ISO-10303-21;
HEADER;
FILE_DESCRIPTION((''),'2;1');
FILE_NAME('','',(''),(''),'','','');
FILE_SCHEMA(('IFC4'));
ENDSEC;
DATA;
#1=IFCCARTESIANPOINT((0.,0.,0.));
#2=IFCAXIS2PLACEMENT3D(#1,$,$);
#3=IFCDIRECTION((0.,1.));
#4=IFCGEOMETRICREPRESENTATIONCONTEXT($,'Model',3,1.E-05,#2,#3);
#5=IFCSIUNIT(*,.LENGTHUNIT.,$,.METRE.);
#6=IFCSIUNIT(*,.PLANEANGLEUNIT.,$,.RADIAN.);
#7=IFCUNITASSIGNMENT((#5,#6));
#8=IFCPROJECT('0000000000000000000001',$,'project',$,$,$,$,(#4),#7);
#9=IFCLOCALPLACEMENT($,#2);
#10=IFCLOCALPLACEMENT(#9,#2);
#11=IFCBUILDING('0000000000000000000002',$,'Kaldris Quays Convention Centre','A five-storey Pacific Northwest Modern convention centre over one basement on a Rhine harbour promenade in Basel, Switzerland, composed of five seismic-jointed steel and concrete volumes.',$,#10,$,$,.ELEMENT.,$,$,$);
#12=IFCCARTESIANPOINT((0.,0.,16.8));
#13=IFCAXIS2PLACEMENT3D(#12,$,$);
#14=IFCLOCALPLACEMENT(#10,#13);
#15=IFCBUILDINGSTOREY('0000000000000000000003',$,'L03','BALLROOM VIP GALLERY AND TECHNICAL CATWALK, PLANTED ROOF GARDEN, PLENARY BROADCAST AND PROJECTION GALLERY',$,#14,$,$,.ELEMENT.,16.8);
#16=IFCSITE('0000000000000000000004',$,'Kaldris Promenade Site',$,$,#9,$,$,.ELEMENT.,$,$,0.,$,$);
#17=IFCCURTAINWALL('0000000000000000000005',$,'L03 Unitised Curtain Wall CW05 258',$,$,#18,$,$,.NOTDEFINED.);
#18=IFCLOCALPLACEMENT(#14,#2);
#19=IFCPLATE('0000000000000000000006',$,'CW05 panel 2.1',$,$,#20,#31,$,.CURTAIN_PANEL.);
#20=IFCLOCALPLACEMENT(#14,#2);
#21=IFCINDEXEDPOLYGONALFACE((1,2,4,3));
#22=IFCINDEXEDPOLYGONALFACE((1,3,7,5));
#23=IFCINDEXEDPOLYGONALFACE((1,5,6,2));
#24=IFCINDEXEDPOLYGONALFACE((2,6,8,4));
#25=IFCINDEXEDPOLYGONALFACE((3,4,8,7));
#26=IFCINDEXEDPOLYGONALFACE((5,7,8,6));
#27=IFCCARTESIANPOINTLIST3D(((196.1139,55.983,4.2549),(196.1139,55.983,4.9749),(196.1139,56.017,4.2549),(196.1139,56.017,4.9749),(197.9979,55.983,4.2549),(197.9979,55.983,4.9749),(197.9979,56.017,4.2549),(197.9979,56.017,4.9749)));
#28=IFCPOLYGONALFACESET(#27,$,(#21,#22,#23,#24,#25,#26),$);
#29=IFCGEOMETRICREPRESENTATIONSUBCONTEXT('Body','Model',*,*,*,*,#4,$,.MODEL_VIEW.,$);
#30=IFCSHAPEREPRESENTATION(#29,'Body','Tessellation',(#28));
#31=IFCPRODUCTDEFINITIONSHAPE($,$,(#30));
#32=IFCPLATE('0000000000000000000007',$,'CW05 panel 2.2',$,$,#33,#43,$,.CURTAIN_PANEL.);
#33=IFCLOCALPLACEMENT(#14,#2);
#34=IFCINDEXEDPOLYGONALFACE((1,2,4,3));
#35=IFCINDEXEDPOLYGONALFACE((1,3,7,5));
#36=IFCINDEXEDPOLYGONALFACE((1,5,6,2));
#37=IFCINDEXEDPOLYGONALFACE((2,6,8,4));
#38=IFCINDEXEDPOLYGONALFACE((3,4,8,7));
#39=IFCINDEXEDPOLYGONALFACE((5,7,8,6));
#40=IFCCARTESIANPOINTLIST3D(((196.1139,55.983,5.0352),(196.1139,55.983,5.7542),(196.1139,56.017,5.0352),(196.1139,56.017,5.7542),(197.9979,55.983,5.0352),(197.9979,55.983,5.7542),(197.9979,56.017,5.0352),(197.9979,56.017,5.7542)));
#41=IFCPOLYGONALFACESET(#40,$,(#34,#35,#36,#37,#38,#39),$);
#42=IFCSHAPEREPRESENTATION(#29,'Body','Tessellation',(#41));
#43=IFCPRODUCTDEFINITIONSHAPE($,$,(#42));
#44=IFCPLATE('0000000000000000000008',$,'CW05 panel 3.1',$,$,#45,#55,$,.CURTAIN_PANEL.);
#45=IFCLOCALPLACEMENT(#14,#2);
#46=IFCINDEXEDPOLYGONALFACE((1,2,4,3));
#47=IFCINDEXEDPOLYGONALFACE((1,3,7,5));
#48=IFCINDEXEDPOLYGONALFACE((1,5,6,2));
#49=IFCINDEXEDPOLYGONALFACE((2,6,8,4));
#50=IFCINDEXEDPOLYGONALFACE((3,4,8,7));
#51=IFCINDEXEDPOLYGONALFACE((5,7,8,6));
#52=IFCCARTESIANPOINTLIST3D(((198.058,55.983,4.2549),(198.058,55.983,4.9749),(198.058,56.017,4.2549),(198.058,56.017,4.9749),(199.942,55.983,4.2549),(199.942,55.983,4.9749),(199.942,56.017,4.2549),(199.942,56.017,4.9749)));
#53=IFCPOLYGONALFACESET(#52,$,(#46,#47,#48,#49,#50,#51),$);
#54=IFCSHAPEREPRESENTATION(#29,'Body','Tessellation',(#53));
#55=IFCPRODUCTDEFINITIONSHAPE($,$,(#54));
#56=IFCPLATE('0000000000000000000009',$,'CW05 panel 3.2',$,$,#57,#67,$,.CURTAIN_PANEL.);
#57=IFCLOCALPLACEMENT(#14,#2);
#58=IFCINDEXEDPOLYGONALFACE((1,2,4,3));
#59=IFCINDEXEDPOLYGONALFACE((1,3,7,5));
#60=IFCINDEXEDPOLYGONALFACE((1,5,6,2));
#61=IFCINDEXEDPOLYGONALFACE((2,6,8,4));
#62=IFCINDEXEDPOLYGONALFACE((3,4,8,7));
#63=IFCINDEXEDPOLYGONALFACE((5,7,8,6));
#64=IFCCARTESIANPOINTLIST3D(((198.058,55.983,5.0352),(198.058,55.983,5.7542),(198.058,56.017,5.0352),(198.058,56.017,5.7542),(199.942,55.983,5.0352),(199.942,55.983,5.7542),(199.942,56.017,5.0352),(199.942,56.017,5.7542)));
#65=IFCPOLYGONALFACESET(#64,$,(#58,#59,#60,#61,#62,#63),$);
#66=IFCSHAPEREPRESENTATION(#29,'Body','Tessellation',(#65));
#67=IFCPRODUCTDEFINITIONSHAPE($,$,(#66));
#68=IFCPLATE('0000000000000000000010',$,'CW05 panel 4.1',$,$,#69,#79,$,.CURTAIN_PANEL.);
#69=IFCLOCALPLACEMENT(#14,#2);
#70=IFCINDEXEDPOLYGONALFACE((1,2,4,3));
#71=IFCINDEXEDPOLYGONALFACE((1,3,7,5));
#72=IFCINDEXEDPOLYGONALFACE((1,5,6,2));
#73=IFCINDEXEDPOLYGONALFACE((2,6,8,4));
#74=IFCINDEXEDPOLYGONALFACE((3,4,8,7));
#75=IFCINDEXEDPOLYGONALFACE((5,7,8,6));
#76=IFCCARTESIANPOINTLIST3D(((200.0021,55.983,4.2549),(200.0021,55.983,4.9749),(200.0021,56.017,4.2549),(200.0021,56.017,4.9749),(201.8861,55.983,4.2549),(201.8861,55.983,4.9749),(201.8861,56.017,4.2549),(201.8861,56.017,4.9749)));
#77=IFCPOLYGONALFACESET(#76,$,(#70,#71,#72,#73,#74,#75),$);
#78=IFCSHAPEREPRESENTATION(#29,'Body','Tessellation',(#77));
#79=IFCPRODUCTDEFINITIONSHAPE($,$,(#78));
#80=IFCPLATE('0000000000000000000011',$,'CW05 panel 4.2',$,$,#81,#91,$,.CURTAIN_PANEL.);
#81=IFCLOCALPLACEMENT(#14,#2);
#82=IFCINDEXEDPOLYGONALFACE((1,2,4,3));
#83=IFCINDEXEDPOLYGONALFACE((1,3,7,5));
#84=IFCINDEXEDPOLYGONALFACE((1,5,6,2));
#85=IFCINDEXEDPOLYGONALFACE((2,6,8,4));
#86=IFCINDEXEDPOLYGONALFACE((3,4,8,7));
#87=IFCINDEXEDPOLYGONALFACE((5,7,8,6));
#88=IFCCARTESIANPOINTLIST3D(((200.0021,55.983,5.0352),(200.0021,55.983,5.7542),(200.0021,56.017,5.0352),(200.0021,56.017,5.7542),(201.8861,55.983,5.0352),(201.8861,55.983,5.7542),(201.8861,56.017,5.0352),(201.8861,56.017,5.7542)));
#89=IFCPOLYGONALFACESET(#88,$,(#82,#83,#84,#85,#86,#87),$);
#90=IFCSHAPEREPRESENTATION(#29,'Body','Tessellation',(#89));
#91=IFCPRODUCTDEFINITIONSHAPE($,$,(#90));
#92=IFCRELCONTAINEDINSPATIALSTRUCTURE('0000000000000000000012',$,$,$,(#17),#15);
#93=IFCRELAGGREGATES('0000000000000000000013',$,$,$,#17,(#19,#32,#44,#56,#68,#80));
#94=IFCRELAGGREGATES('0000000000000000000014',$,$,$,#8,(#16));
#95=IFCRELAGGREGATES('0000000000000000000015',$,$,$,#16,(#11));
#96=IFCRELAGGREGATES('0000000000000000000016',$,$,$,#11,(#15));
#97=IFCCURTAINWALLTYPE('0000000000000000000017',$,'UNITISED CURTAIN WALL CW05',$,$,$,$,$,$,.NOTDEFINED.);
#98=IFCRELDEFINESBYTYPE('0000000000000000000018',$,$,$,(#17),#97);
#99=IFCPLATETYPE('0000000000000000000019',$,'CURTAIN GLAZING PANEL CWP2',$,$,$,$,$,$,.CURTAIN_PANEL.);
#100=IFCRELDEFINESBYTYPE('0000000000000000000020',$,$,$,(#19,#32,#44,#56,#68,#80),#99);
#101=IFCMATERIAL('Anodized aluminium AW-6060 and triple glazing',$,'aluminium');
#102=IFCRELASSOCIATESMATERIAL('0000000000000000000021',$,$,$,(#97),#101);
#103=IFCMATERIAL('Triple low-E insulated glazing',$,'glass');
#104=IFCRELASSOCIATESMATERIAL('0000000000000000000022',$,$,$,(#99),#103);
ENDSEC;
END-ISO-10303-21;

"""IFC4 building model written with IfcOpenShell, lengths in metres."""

from ifc_helpers import new_model, si_unit, direction, frame, origin, origin_2d, place, context, subcontext, project, spatial, rectangle, extrude, material, type_object, element, aggregate, save


model = new_model("IFC4")

# Units and contexts
model_context = context("Model", 3, precision=1e-05, world=origin(), true_north=direction((0.0, 1.0)))
body_context = subcontext(model_context, "Body", "Model", "MODEL_VIEW")
ifc_project = project(units=[si_unit("LENGTHUNIT", "METRE"), si_unit("PLANEANGLEUNIT", "RADIAN")], contexts=[model_context])

# Site, building, storey
site_placement = place(None, origin())
site = spatial("IfcSite", under=ifc_project, at=site_placement, Name="Kaldris Promenade Site", CompositionType="ELEMENT", RefElevation=0.0)
building_placement = place(site_placement, origin())
building = spatial("IfcBuilding", under=site, at=building_placement, Name="Kaldris Quays Convention Centre", Description="A five-storey Pacific Northwest Modern convention centre over one basement on a Rhine harbour promenade in Basel, Switzerland, composed of five seismic-jointed steel and concrete volumes.", CompositionType="ELEMENT")
storey_placement = place(building_placement, frame((0.0, 0.0, 16.8)))
storey = spatial("IfcBuildingStorey", under=building, at=storey_placement, Name="L03", Description="BALLROOM VIP GALLERY AND TECHNICAL CATWALK, PLANTED ROOF GARDEN, PLENARY BROADCAST AND PROJECTION GALLERY", CompositionType="ELEMENT", Elevation=16.8)

# Curtain wall
ifc_material_1 = material(Name="Anodized aluminium AW-6060 and triple glazing", Category="aluminium")
curtain_wall_type = type_object("IfcCurtainWallType", Name="UNITISED CURTAIN WALL CW05", PredefinedType="NOTDEFINED", material=ifc_material_1)
curtain_wall_placement = place(storey_placement, origin())
curtain_wall = element("IfcCurtainWall", 1, at=curtain_wall_placement, inside=storey, type_object=curtain_wall_type, Name="L03 Unitised Curtain Wall CW05 258", PredefinedType="NOTDEFINED")

# Plates
ifc_material_2 = material(Name="Triple low-E insulated glazing", Category="glass")
plate_type = type_object("IfcPlateType", Name="CURTAIN GLAZING PANEL CWP2", PredefinedType="CURTAIN_PANEL", material=ifc_material_2)
plate_1_placement = place(storey_placement, frame((197.0559, 56.0, 4.2549), z_axis=(0.0, 0.0, 1.0), x_axis=(1.0, 0.0, 0.0)))
plate_1 = element("IfcPlate", 2, at=plate_1_placement, type_object=plate_type, Name="CW05 panel 2.1", PredefinedType="CURTAIN_PANEL", context=body_context, shape_type="SweptSolid", body=[
    extrude(rectangle(XDim=1.884, YDim=0.0339, at=origin_2d()), origin(), (0.0, 0.0, 1.0), 0.72),
])
plate_2_placement = place(storey_placement, frame((197.0559, 56.0, 5.0352), z_axis=(0.0, 0.0, 1.0), x_axis=(1.0, 0.0, 0.0)))
plate_2 = element("IfcPlate", 3, at=plate_2_placement, type_object=plate_type, Name="CW05 panel 2.2", PredefinedType="CURTAIN_PANEL", context=body_context, shape_type="SweptSolid", body=[
    extrude(rectangle(XDim=1.884, YDim=0.0339, at=origin_2d()), origin(), (0.0, 0.0, 1.0), 0.719),
])
plate_3_placement = place(storey_placement, frame((199.0, 56.0, 4.2549), z_axis=(0.0, 0.0, 1.0), x_axis=(1.0, 0.0, 0.0)))
plate_3 = element("IfcPlate", 4, at=plate_3_placement, type_object=plate_type, Name="CW05 panel 3.1", PredefinedType="CURTAIN_PANEL", context=body_context, shape_type="SweptSolid", body=[
    extrude(rectangle(XDim=1.884, YDim=0.0339, at=origin_2d()), origin(), (0.0, 0.0, 1.0), 0.72),
])
plate_4_placement = place(storey_placement, frame((199.0, 56.0, 5.0352), z_axis=(0.0, 0.0, 1.0), x_axis=(1.0, 0.0, 0.0)))
plate_4 = element("IfcPlate", 5, at=plate_4_placement, type_object=plate_type, Name="CW05 panel 3.2", PredefinedType="CURTAIN_PANEL", context=body_context, shape_type="SweptSolid", body=[
    extrude(rectangle(XDim=1.884, YDim=0.0339, at=origin_2d()), origin(), (0.0, 0.0, 1.0), 0.719),
])
plate_5_placement = place(storey_placement, frame((200.9441, 56.0, 4.2549), z_axis=(0.0, 0.0, 1.0), x_axis=(1.0, 0.0, 0.0)))
plate_5 = element("IfcPlate", 6, at=plate_5_placement, type_object=plate_type, Name="CW05 panel 4.1", PredefinedType="CURTAIN_PANEL", context=body_context, shape_type="SweptSolid", body=[
    extrude(rectangle(XDim=1.884, YDim=0.0339, at=origin_2d()), origin(), (0.0, 0.0, 1.0), 0.72),
])
plate_6_placement = place(storey_placement, frame((200.9441, 56.0, 5.0352), z_axis=(0.0, 0.0, 1.0), x_axis=(1.0, 0.0, 0.0)))
plate_6 = element("IfcPlate", 7, at=plate_6_placement, type_object=plate_type, Name="CW05 panel 4.2", PredefinedType="CURTAIN_PANEL", context=body_context, shape_type="SweptSolid", body=[
    extrude(rectangle(XDim=1.884, YDim=0.0339, at=origin_2d()), origin(), (0.0, 0.0, 1.0), 0.719),
])
aggregate(curtain_wall, [plate_1, plate_2, plate_3, plate_4, plate_5, plate_6])

save(model, "model.ifc")
